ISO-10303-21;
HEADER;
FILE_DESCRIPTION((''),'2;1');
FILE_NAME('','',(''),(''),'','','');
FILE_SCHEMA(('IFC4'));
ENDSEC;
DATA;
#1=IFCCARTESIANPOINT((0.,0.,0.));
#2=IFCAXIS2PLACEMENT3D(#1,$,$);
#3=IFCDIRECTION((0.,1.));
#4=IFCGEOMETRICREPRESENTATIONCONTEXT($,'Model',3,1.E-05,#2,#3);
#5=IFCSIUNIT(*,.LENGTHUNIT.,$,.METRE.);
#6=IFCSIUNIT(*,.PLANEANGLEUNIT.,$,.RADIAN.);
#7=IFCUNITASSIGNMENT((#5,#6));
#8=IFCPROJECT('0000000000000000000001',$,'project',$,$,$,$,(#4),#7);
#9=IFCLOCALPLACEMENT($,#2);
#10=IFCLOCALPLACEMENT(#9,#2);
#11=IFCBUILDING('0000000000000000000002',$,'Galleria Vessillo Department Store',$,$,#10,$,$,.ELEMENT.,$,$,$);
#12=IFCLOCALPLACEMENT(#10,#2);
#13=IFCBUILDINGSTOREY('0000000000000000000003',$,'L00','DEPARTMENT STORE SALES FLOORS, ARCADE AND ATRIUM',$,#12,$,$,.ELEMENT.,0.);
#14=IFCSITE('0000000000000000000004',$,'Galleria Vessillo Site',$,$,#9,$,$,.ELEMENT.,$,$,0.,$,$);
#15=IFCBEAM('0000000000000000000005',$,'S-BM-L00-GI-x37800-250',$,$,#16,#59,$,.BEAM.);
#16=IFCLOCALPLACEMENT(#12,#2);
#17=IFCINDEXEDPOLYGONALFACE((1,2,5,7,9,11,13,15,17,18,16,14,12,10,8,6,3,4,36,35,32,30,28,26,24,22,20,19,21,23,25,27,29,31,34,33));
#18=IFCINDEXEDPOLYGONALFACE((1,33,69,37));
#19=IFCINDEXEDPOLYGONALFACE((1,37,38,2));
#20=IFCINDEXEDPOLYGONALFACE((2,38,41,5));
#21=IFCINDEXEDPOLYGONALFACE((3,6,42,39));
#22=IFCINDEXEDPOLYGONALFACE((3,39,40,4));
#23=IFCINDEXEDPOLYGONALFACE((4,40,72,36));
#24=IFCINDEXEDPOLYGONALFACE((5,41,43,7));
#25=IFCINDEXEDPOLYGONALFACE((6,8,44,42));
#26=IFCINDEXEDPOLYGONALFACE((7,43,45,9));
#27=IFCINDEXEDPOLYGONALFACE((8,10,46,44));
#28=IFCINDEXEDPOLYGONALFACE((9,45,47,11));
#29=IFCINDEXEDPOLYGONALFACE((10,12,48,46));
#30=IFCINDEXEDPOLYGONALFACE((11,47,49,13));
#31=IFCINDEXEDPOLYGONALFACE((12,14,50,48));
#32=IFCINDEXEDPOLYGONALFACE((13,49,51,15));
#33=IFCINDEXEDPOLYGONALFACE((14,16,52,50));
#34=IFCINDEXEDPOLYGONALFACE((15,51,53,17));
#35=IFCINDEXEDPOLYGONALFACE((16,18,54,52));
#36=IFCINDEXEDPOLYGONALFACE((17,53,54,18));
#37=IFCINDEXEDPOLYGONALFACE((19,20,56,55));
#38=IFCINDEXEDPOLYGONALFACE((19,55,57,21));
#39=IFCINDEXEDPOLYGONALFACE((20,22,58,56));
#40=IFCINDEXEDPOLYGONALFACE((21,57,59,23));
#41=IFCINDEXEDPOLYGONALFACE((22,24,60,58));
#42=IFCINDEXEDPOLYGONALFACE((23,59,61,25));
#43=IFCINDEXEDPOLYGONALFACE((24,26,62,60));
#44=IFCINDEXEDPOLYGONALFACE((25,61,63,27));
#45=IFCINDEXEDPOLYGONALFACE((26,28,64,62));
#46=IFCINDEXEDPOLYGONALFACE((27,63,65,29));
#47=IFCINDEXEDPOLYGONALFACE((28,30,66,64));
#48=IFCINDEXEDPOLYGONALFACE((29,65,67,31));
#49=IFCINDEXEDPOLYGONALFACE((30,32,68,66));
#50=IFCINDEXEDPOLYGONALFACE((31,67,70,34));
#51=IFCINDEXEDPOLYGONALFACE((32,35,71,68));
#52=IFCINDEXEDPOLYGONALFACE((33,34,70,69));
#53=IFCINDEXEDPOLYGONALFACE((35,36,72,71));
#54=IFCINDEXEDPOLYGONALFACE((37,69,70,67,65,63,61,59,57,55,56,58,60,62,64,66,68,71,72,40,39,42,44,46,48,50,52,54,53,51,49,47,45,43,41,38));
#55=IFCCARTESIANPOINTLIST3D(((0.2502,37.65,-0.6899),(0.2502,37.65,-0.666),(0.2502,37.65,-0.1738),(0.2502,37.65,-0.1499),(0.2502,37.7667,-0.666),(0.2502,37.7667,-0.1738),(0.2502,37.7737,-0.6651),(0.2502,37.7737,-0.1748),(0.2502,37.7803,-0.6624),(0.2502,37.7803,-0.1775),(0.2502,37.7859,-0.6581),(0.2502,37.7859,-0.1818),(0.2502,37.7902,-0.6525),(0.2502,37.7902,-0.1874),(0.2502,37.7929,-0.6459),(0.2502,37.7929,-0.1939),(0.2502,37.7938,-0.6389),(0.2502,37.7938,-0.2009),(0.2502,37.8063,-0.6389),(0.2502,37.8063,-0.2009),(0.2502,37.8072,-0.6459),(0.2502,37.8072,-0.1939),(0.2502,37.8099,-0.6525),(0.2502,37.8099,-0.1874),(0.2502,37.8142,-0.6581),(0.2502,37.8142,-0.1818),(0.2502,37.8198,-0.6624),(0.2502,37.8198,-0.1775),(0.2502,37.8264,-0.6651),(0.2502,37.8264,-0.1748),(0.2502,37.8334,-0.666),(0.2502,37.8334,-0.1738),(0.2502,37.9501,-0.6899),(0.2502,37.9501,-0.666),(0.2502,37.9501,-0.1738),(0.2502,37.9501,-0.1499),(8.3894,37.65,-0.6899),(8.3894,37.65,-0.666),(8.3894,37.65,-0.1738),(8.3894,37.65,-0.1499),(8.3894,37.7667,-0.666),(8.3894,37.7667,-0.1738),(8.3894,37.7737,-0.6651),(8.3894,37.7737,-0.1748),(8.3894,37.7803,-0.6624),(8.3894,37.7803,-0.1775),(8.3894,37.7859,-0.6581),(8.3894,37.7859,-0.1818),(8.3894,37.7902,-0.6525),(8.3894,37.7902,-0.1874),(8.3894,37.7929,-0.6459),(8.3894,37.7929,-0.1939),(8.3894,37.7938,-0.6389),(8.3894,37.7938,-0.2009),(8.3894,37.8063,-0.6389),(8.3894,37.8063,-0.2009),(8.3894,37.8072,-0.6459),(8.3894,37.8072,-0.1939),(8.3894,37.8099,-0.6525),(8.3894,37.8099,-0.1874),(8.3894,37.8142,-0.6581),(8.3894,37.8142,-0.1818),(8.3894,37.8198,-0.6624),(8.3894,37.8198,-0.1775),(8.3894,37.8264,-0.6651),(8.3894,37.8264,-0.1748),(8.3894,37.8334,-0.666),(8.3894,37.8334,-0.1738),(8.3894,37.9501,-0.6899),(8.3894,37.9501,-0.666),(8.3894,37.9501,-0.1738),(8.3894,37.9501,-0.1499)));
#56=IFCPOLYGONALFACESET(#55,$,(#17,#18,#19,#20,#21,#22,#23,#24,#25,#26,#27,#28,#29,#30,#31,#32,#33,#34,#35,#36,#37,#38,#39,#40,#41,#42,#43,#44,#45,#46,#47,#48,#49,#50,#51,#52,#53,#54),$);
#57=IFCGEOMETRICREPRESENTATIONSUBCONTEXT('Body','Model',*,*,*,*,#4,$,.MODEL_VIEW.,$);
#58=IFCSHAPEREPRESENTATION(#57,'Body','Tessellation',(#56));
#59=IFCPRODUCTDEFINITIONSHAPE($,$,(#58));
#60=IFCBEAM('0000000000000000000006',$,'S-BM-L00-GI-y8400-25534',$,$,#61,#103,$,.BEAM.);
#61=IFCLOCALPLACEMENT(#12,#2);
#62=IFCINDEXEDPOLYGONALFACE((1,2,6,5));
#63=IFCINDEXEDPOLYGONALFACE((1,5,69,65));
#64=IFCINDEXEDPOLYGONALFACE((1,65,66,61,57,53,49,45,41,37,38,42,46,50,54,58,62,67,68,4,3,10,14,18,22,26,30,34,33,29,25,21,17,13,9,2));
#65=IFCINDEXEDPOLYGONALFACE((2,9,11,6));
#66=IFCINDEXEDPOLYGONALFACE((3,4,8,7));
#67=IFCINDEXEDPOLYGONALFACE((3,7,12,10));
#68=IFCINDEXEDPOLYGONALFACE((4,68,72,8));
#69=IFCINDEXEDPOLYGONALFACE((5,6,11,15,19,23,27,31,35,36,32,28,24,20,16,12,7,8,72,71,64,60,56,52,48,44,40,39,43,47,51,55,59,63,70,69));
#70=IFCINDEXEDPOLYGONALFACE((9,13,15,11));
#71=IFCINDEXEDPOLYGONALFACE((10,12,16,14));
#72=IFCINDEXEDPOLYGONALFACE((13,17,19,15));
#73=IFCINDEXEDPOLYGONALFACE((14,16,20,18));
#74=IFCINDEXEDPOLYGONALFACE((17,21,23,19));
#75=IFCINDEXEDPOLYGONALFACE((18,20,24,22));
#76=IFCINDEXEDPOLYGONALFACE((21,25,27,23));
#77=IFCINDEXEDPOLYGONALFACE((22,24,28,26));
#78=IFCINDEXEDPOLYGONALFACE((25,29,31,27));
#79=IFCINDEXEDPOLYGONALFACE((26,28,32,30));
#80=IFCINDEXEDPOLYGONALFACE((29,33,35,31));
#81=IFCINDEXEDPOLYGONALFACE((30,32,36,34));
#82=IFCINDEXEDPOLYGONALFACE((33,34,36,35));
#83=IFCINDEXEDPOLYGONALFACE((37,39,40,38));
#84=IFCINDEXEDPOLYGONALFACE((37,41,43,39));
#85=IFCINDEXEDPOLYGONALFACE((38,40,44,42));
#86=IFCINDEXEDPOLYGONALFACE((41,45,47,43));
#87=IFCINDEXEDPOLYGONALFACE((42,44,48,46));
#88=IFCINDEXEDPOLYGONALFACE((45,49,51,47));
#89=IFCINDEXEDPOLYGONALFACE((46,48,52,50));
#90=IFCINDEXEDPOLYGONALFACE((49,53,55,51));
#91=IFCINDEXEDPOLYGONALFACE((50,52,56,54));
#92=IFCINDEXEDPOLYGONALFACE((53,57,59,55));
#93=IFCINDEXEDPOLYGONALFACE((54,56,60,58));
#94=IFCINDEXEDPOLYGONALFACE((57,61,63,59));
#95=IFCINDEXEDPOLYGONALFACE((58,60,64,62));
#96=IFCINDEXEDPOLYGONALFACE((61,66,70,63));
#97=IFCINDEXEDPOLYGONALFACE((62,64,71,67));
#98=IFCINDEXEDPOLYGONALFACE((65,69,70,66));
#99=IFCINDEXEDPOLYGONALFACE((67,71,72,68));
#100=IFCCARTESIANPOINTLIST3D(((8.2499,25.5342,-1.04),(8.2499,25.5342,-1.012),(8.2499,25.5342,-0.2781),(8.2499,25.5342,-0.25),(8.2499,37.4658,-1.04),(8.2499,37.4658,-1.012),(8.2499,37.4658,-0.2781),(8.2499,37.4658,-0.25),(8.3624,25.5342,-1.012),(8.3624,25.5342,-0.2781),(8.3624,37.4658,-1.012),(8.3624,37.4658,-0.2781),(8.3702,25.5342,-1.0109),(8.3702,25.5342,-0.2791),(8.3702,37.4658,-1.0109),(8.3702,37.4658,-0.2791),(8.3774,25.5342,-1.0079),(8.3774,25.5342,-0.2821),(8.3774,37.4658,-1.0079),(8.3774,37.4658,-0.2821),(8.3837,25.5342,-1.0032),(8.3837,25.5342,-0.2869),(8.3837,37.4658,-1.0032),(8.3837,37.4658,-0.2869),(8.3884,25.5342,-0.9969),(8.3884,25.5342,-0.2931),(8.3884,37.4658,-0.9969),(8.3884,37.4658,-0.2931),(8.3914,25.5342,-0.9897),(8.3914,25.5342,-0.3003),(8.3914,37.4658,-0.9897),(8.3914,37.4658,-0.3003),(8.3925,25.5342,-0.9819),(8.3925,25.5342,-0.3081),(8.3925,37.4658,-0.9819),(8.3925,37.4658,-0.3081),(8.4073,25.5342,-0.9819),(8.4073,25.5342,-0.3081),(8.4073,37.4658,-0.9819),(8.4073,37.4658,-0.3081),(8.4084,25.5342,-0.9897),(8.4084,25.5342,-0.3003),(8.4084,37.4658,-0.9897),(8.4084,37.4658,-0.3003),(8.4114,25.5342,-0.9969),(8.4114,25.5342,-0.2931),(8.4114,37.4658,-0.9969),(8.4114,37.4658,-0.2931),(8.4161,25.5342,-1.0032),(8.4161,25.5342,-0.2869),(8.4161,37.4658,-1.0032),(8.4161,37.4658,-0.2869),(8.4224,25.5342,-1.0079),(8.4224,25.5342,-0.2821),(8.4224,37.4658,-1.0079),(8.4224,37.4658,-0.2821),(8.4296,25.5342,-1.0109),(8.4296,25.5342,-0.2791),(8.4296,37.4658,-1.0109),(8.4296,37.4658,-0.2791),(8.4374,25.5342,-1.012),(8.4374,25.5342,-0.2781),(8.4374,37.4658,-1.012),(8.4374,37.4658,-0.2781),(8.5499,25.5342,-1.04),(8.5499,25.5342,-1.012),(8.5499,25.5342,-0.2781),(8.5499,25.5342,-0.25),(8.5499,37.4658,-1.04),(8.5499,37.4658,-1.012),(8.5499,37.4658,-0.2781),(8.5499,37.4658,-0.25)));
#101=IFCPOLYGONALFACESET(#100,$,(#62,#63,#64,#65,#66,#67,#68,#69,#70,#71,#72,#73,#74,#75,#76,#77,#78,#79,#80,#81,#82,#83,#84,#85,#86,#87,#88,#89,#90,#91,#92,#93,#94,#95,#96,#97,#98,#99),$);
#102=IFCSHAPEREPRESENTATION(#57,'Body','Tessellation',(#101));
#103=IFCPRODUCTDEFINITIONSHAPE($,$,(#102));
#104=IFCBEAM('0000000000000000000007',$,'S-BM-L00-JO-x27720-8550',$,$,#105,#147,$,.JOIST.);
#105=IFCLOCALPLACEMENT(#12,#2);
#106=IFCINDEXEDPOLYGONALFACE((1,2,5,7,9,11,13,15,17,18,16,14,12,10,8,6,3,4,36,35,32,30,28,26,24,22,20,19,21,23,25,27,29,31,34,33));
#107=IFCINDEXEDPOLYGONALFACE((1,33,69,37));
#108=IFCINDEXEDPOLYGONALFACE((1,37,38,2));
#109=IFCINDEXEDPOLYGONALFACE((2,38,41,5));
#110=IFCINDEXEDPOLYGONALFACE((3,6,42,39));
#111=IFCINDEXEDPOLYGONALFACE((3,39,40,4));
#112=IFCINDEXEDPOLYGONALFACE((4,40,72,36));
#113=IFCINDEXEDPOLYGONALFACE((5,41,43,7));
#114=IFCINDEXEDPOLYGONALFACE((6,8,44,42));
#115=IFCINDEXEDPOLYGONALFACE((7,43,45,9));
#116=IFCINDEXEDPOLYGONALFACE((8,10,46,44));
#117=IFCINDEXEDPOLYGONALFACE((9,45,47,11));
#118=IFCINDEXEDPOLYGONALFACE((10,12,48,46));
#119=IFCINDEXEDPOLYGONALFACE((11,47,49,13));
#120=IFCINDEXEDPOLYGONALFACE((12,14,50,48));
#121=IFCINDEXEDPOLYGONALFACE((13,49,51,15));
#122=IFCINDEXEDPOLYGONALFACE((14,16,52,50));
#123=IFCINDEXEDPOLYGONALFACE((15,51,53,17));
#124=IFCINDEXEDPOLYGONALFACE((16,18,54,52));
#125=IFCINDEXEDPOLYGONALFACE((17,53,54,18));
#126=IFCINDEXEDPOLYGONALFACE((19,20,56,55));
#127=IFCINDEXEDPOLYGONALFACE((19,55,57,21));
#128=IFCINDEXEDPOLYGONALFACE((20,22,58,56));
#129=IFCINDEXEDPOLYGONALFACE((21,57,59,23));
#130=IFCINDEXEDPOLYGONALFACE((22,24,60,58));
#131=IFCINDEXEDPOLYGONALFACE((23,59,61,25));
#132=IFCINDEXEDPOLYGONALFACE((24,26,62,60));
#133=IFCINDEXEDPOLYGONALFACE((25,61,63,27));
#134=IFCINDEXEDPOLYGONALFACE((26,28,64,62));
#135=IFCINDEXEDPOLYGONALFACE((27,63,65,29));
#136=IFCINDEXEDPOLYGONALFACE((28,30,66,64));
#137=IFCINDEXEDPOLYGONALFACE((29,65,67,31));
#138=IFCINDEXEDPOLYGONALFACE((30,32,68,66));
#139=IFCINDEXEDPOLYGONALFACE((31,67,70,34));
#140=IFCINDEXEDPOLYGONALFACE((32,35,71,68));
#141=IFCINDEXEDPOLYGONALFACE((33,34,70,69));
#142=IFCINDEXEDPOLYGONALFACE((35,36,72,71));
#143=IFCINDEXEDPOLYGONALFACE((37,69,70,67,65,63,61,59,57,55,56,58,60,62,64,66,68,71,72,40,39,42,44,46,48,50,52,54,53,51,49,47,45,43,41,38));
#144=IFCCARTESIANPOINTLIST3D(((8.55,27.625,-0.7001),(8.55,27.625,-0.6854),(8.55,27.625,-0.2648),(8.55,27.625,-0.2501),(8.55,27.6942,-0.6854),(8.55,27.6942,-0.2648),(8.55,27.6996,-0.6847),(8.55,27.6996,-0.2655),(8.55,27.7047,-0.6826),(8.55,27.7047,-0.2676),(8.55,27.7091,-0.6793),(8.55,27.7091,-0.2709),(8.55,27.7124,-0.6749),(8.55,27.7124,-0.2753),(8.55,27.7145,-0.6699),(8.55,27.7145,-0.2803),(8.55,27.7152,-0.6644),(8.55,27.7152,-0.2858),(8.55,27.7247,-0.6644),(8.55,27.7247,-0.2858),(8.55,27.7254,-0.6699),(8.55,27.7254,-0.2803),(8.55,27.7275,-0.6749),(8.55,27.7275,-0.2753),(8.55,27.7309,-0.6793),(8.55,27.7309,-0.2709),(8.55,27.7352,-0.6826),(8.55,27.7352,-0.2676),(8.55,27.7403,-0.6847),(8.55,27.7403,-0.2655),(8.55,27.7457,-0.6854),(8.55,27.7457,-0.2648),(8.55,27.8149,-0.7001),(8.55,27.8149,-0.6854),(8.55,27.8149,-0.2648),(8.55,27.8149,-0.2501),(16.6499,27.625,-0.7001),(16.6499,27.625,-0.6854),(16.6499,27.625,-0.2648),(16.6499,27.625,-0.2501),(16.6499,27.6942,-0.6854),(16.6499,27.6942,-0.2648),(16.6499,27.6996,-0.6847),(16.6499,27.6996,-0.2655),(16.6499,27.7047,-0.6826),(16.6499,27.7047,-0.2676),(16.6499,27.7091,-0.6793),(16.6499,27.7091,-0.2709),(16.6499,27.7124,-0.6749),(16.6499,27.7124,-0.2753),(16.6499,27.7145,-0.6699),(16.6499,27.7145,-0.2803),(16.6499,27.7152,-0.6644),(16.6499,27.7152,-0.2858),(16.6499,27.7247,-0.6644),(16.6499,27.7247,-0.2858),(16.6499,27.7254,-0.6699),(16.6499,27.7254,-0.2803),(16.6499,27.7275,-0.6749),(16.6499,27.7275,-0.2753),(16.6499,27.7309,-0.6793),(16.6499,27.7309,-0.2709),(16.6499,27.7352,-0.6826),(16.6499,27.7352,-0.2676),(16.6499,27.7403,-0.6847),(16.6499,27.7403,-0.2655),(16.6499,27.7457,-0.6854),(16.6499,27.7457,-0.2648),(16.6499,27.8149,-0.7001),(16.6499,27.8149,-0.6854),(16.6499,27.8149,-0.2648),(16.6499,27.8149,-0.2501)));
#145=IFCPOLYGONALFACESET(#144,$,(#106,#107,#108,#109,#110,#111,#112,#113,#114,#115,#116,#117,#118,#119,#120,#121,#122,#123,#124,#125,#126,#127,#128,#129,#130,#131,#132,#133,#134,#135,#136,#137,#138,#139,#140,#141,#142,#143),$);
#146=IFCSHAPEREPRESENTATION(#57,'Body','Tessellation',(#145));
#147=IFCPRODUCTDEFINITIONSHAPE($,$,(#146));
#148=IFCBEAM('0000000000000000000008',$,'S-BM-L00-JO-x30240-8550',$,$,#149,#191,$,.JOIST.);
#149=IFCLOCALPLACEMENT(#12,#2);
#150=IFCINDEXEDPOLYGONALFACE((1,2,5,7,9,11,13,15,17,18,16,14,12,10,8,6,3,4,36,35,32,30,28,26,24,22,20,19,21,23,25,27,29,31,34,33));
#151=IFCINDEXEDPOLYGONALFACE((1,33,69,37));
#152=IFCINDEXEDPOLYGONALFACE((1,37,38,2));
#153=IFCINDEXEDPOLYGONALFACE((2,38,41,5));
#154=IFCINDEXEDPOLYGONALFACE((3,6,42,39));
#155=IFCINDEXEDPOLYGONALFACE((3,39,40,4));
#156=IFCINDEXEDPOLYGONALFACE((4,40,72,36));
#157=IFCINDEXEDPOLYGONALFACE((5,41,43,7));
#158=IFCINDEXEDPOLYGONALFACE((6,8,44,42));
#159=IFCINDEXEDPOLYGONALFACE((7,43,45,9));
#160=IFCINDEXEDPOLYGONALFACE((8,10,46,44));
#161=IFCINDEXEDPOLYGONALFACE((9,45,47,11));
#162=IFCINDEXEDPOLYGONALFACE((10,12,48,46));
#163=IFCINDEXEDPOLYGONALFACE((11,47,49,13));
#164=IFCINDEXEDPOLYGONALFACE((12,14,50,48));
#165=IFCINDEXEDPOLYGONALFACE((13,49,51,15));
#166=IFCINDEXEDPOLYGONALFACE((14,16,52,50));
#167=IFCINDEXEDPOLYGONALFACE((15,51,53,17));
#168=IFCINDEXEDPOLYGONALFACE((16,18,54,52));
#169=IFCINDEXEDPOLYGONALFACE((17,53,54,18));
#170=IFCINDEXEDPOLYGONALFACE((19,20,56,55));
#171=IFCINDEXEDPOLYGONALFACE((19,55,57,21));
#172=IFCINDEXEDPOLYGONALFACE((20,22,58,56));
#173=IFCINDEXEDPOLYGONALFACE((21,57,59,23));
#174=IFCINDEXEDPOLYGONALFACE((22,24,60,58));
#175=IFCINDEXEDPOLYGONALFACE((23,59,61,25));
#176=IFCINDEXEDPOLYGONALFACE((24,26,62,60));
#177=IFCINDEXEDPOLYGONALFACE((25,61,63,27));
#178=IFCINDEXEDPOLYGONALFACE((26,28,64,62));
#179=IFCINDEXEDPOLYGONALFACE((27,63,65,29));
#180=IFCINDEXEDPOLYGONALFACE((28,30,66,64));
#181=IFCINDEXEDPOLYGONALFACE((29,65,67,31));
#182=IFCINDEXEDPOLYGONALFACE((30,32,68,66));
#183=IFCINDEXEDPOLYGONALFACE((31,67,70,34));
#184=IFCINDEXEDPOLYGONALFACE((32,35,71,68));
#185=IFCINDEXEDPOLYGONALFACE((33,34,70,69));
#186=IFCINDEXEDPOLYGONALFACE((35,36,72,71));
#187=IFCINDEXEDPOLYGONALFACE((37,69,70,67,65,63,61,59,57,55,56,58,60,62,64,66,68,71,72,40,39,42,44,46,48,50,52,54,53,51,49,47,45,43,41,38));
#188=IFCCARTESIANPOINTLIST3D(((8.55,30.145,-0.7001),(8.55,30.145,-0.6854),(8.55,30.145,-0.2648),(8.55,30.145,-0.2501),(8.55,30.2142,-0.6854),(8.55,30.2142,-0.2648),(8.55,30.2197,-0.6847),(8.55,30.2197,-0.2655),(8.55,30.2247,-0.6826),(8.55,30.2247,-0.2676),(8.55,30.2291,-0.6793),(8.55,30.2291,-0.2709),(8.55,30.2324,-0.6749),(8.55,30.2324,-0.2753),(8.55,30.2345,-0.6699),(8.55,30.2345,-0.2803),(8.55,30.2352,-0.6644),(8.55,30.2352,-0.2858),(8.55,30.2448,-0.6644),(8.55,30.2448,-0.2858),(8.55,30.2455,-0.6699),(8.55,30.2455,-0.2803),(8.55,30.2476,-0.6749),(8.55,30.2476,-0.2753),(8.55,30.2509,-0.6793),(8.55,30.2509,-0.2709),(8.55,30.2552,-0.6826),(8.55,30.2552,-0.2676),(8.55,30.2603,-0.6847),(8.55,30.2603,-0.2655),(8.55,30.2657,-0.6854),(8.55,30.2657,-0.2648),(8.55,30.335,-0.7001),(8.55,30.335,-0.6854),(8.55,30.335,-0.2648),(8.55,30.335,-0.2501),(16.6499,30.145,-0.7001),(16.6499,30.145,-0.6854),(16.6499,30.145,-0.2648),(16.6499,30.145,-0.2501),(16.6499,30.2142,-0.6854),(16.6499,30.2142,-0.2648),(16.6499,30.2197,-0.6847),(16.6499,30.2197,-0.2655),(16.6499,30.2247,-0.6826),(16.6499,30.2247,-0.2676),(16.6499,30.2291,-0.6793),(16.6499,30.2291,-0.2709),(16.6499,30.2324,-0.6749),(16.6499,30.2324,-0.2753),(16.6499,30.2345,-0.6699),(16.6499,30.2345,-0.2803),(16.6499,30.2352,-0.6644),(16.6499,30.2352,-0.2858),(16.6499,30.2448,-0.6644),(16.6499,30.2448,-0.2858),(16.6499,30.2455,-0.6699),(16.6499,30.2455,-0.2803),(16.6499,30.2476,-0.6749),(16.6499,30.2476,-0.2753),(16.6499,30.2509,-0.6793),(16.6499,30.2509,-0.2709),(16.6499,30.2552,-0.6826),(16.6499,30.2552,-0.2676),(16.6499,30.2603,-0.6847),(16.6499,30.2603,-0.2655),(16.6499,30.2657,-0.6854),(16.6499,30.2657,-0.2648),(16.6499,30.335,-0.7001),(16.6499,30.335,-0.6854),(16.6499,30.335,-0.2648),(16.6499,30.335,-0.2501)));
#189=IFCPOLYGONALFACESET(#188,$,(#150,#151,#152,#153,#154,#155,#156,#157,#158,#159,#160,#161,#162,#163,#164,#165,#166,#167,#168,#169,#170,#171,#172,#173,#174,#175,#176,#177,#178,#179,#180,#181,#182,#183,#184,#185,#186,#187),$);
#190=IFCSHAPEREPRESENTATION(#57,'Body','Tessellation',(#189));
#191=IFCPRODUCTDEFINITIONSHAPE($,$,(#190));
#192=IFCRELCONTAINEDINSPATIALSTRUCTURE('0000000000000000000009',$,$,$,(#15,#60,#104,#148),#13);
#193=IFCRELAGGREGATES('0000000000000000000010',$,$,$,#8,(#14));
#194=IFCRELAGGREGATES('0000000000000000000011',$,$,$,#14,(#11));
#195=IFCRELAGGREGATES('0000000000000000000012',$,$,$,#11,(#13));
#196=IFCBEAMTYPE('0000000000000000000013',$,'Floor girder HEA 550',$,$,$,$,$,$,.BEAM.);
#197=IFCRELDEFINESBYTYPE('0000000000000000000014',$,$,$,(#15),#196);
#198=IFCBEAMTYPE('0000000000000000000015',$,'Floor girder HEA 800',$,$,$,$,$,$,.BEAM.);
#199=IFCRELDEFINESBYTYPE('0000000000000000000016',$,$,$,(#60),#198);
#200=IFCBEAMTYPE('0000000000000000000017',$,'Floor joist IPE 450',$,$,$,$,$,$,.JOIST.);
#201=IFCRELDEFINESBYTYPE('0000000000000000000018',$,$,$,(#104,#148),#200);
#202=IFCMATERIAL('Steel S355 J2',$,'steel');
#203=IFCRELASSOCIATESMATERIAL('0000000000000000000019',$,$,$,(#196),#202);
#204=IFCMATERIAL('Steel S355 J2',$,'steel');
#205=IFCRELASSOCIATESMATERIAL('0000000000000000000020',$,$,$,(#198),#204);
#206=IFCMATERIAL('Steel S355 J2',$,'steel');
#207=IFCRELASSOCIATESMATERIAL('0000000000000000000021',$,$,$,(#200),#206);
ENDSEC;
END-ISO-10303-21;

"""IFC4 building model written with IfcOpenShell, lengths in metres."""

from ifc_helpers import new_model, si_unit, direction, frame, origin, origin_2d, place, context, subcontext, project, spatial, i_section, extrude, material, material_profile, profile_set, type_object, element, save


model = new_model("IFC4")

# Units and contexts
model_context = context("Model", 3, precision=1e-05, world=origin(), true_north=direction((0.0, 1.0)))
body_context = subcontext(model_context, "Body", "Model", "MODEL_VIEW")
ifc_project = project(units=[si_unit("LENGTHUNIT", "METRE"), si_unit("PLANEANGLEUNIT", "RADIAN")], contexts=[model_context])

# Site, building, storey
site_placement = place(None, origin())
site = spatial("IfcSite", under=ifc_project, at=site_placement, Name="Galleria Vessillo Site", CompositionType="ELEMENT", RefElevation=0.0)
building_placement = place(site_placement, origin())
building = spatial("IfcBuilding", under=site, at=building_placement, Name="Galleria Vessillo Department Store", CompositionType="ELEMENT")
storey_placement = place(building_placement, origin())
storey = spatial("IfcBuildingStorey", under=building, at=storey_placement, Name="L00", Description="DEPARTMENT STORE SALES FLOORS, ARCADE AND ATRIUM", CompositionType="ELEMENT", Elevation=0.0)

# Beams
ifc_material_1 = material(Name="Steel S355 J2", Category="steel")
ifc_material_profile_1 = material_profile(ifc_material_1, i_section(OverallWidth=0.3, OverallDepth=0.54, WebThickness=0.0125, FlangeThickness=0.0239, FilletRadius=0.0271, at=origin_2d()), Name="HEA 550")
ifc_profile_set_1 = profile_set([ifc_material_profile_1], Name="Steel S355 J2")
beam_type_1 = type_object("IfcBeamType", Name="Floor girder HEA 550", PredefinedType="BEAM", material=ifc_profile_set_1)
beam_1_placement = place(storey_placement, frame((0.2502, 37.8, -0.4199), z_axis=(1.0, 0.0, 0.0), x_axis=(0.0, 1.0, 0.0)))
element("IfcBeam", 1, at=beam_1_placement, inside=storey, type_object=beam_type_1, Name="S-BM-L00-GI-x37800-250", PredefinedType="BEAM", context=body_context, shape_type="SweptSolid", body=[
    extrude(i_section(OverallWidth=0.3, OverallDepth=0.54, WebThickness=0.0125, FlangeThickness=0.0239, FilletRadius=0.0271, at=origin_2d()), origin(), (0.0, 0.0, 1.0), 8.1392),
])
ifc_material_2 = material(Name="Steel S355 J2", Category="steel")
ifc_material_profile_2 = material_profile(ifc_material_2, i_section(OverallWidth=0.3, OverallDepth=0.79, WebThickness=0.0149, FlangeThickness=0.0281, FilletRadius=0.03, at=origin_2d()), Name="HEA 800")
ifc_profile_set_2 = profile_set([ifc_material_profile_2], Name="Steel S355 J2")
beam_type_2 = type_object("IfcBeamType", Name="Floor girder HEA 800", PredefinedType="BEAM", material=ifc_profile_set_2)
beam_2_placement = place(storey_placement, frame((8.3999, 25.5342, -0.645), z_axis=(0.0, 1.0, 0.0), x_axis=(-1.0, 0.0, 0.0)))
element("IfcBeam", 2, at=beam_2_placement, inside=storey, type_object=beam_type_2, Name="S-BM-L00-GI-y8400-25534", PredefinedType="BEAM", context=body_context, shape_type="SweptSolid", body=[
    extrude(i_section(OverallWidth=0.3, OverallDepth=0.79, WebThickness=0.0149, FlangeThickness=0.0281, FilletRadius=0.03, at=origin_2d()), origin(), (0.0, 0.0, 1.0), 11.9316),
])
ifc_material_3 = material(Name="Steel S355 J2", Category="steel")
ifc_material_profile_3 = material_profile(ifc_material_3, i_section(OverallWidth=0.1899, OverallDepth=0.45, WebThickness=0.0095, FlangeThickness=0.0146, FilletRadius=0.021, at=origin_2d()), Name="IPE 450")
ifc_profile_set_3 = profile_set([ifc_material_profile_3], Name="Steel S355 J2")
beam_type_3 = type_object("IfcBeamType", Name="Floor joist IPE 450", PredefinedType="JOIST", material=ifc_profile_set_3)
for number, where, z_axis, x_axis, name in (
    (3, (8.55, 27.72, -0.4751), (1.0, 0.0, 0.0), (0.0, 1.0, 0.0), "S-BM-L00-JO-x27720-8550"),
    (4, (8.55, 30.24, -0.4751), (1.0, 0.0, 0.0), (0.0, 1.0, 0.0), "S-BM-L00-JO-x30240-8550"),
):
    element("IfcBeam", number, at=place(storey_placement, frame(where, z_axis=z_axis, x_axis=x_axis)), inside=storey, type_object=beam_type_3, Name=name, PredefinedType="JOIST", context=body_context, shape_type="SweptSolid", body=[
        extrude(i_section(OverallWidth=0.1899, OverallDepth=0.45, WebThickness=0.0095, FlangeThickness=0.0146, FilletRadius=0.021, at=origin_2d()), origin(), (0.0, 0.0, 1.0), 8.0999),
    ])

save(model, "model.ifc")
